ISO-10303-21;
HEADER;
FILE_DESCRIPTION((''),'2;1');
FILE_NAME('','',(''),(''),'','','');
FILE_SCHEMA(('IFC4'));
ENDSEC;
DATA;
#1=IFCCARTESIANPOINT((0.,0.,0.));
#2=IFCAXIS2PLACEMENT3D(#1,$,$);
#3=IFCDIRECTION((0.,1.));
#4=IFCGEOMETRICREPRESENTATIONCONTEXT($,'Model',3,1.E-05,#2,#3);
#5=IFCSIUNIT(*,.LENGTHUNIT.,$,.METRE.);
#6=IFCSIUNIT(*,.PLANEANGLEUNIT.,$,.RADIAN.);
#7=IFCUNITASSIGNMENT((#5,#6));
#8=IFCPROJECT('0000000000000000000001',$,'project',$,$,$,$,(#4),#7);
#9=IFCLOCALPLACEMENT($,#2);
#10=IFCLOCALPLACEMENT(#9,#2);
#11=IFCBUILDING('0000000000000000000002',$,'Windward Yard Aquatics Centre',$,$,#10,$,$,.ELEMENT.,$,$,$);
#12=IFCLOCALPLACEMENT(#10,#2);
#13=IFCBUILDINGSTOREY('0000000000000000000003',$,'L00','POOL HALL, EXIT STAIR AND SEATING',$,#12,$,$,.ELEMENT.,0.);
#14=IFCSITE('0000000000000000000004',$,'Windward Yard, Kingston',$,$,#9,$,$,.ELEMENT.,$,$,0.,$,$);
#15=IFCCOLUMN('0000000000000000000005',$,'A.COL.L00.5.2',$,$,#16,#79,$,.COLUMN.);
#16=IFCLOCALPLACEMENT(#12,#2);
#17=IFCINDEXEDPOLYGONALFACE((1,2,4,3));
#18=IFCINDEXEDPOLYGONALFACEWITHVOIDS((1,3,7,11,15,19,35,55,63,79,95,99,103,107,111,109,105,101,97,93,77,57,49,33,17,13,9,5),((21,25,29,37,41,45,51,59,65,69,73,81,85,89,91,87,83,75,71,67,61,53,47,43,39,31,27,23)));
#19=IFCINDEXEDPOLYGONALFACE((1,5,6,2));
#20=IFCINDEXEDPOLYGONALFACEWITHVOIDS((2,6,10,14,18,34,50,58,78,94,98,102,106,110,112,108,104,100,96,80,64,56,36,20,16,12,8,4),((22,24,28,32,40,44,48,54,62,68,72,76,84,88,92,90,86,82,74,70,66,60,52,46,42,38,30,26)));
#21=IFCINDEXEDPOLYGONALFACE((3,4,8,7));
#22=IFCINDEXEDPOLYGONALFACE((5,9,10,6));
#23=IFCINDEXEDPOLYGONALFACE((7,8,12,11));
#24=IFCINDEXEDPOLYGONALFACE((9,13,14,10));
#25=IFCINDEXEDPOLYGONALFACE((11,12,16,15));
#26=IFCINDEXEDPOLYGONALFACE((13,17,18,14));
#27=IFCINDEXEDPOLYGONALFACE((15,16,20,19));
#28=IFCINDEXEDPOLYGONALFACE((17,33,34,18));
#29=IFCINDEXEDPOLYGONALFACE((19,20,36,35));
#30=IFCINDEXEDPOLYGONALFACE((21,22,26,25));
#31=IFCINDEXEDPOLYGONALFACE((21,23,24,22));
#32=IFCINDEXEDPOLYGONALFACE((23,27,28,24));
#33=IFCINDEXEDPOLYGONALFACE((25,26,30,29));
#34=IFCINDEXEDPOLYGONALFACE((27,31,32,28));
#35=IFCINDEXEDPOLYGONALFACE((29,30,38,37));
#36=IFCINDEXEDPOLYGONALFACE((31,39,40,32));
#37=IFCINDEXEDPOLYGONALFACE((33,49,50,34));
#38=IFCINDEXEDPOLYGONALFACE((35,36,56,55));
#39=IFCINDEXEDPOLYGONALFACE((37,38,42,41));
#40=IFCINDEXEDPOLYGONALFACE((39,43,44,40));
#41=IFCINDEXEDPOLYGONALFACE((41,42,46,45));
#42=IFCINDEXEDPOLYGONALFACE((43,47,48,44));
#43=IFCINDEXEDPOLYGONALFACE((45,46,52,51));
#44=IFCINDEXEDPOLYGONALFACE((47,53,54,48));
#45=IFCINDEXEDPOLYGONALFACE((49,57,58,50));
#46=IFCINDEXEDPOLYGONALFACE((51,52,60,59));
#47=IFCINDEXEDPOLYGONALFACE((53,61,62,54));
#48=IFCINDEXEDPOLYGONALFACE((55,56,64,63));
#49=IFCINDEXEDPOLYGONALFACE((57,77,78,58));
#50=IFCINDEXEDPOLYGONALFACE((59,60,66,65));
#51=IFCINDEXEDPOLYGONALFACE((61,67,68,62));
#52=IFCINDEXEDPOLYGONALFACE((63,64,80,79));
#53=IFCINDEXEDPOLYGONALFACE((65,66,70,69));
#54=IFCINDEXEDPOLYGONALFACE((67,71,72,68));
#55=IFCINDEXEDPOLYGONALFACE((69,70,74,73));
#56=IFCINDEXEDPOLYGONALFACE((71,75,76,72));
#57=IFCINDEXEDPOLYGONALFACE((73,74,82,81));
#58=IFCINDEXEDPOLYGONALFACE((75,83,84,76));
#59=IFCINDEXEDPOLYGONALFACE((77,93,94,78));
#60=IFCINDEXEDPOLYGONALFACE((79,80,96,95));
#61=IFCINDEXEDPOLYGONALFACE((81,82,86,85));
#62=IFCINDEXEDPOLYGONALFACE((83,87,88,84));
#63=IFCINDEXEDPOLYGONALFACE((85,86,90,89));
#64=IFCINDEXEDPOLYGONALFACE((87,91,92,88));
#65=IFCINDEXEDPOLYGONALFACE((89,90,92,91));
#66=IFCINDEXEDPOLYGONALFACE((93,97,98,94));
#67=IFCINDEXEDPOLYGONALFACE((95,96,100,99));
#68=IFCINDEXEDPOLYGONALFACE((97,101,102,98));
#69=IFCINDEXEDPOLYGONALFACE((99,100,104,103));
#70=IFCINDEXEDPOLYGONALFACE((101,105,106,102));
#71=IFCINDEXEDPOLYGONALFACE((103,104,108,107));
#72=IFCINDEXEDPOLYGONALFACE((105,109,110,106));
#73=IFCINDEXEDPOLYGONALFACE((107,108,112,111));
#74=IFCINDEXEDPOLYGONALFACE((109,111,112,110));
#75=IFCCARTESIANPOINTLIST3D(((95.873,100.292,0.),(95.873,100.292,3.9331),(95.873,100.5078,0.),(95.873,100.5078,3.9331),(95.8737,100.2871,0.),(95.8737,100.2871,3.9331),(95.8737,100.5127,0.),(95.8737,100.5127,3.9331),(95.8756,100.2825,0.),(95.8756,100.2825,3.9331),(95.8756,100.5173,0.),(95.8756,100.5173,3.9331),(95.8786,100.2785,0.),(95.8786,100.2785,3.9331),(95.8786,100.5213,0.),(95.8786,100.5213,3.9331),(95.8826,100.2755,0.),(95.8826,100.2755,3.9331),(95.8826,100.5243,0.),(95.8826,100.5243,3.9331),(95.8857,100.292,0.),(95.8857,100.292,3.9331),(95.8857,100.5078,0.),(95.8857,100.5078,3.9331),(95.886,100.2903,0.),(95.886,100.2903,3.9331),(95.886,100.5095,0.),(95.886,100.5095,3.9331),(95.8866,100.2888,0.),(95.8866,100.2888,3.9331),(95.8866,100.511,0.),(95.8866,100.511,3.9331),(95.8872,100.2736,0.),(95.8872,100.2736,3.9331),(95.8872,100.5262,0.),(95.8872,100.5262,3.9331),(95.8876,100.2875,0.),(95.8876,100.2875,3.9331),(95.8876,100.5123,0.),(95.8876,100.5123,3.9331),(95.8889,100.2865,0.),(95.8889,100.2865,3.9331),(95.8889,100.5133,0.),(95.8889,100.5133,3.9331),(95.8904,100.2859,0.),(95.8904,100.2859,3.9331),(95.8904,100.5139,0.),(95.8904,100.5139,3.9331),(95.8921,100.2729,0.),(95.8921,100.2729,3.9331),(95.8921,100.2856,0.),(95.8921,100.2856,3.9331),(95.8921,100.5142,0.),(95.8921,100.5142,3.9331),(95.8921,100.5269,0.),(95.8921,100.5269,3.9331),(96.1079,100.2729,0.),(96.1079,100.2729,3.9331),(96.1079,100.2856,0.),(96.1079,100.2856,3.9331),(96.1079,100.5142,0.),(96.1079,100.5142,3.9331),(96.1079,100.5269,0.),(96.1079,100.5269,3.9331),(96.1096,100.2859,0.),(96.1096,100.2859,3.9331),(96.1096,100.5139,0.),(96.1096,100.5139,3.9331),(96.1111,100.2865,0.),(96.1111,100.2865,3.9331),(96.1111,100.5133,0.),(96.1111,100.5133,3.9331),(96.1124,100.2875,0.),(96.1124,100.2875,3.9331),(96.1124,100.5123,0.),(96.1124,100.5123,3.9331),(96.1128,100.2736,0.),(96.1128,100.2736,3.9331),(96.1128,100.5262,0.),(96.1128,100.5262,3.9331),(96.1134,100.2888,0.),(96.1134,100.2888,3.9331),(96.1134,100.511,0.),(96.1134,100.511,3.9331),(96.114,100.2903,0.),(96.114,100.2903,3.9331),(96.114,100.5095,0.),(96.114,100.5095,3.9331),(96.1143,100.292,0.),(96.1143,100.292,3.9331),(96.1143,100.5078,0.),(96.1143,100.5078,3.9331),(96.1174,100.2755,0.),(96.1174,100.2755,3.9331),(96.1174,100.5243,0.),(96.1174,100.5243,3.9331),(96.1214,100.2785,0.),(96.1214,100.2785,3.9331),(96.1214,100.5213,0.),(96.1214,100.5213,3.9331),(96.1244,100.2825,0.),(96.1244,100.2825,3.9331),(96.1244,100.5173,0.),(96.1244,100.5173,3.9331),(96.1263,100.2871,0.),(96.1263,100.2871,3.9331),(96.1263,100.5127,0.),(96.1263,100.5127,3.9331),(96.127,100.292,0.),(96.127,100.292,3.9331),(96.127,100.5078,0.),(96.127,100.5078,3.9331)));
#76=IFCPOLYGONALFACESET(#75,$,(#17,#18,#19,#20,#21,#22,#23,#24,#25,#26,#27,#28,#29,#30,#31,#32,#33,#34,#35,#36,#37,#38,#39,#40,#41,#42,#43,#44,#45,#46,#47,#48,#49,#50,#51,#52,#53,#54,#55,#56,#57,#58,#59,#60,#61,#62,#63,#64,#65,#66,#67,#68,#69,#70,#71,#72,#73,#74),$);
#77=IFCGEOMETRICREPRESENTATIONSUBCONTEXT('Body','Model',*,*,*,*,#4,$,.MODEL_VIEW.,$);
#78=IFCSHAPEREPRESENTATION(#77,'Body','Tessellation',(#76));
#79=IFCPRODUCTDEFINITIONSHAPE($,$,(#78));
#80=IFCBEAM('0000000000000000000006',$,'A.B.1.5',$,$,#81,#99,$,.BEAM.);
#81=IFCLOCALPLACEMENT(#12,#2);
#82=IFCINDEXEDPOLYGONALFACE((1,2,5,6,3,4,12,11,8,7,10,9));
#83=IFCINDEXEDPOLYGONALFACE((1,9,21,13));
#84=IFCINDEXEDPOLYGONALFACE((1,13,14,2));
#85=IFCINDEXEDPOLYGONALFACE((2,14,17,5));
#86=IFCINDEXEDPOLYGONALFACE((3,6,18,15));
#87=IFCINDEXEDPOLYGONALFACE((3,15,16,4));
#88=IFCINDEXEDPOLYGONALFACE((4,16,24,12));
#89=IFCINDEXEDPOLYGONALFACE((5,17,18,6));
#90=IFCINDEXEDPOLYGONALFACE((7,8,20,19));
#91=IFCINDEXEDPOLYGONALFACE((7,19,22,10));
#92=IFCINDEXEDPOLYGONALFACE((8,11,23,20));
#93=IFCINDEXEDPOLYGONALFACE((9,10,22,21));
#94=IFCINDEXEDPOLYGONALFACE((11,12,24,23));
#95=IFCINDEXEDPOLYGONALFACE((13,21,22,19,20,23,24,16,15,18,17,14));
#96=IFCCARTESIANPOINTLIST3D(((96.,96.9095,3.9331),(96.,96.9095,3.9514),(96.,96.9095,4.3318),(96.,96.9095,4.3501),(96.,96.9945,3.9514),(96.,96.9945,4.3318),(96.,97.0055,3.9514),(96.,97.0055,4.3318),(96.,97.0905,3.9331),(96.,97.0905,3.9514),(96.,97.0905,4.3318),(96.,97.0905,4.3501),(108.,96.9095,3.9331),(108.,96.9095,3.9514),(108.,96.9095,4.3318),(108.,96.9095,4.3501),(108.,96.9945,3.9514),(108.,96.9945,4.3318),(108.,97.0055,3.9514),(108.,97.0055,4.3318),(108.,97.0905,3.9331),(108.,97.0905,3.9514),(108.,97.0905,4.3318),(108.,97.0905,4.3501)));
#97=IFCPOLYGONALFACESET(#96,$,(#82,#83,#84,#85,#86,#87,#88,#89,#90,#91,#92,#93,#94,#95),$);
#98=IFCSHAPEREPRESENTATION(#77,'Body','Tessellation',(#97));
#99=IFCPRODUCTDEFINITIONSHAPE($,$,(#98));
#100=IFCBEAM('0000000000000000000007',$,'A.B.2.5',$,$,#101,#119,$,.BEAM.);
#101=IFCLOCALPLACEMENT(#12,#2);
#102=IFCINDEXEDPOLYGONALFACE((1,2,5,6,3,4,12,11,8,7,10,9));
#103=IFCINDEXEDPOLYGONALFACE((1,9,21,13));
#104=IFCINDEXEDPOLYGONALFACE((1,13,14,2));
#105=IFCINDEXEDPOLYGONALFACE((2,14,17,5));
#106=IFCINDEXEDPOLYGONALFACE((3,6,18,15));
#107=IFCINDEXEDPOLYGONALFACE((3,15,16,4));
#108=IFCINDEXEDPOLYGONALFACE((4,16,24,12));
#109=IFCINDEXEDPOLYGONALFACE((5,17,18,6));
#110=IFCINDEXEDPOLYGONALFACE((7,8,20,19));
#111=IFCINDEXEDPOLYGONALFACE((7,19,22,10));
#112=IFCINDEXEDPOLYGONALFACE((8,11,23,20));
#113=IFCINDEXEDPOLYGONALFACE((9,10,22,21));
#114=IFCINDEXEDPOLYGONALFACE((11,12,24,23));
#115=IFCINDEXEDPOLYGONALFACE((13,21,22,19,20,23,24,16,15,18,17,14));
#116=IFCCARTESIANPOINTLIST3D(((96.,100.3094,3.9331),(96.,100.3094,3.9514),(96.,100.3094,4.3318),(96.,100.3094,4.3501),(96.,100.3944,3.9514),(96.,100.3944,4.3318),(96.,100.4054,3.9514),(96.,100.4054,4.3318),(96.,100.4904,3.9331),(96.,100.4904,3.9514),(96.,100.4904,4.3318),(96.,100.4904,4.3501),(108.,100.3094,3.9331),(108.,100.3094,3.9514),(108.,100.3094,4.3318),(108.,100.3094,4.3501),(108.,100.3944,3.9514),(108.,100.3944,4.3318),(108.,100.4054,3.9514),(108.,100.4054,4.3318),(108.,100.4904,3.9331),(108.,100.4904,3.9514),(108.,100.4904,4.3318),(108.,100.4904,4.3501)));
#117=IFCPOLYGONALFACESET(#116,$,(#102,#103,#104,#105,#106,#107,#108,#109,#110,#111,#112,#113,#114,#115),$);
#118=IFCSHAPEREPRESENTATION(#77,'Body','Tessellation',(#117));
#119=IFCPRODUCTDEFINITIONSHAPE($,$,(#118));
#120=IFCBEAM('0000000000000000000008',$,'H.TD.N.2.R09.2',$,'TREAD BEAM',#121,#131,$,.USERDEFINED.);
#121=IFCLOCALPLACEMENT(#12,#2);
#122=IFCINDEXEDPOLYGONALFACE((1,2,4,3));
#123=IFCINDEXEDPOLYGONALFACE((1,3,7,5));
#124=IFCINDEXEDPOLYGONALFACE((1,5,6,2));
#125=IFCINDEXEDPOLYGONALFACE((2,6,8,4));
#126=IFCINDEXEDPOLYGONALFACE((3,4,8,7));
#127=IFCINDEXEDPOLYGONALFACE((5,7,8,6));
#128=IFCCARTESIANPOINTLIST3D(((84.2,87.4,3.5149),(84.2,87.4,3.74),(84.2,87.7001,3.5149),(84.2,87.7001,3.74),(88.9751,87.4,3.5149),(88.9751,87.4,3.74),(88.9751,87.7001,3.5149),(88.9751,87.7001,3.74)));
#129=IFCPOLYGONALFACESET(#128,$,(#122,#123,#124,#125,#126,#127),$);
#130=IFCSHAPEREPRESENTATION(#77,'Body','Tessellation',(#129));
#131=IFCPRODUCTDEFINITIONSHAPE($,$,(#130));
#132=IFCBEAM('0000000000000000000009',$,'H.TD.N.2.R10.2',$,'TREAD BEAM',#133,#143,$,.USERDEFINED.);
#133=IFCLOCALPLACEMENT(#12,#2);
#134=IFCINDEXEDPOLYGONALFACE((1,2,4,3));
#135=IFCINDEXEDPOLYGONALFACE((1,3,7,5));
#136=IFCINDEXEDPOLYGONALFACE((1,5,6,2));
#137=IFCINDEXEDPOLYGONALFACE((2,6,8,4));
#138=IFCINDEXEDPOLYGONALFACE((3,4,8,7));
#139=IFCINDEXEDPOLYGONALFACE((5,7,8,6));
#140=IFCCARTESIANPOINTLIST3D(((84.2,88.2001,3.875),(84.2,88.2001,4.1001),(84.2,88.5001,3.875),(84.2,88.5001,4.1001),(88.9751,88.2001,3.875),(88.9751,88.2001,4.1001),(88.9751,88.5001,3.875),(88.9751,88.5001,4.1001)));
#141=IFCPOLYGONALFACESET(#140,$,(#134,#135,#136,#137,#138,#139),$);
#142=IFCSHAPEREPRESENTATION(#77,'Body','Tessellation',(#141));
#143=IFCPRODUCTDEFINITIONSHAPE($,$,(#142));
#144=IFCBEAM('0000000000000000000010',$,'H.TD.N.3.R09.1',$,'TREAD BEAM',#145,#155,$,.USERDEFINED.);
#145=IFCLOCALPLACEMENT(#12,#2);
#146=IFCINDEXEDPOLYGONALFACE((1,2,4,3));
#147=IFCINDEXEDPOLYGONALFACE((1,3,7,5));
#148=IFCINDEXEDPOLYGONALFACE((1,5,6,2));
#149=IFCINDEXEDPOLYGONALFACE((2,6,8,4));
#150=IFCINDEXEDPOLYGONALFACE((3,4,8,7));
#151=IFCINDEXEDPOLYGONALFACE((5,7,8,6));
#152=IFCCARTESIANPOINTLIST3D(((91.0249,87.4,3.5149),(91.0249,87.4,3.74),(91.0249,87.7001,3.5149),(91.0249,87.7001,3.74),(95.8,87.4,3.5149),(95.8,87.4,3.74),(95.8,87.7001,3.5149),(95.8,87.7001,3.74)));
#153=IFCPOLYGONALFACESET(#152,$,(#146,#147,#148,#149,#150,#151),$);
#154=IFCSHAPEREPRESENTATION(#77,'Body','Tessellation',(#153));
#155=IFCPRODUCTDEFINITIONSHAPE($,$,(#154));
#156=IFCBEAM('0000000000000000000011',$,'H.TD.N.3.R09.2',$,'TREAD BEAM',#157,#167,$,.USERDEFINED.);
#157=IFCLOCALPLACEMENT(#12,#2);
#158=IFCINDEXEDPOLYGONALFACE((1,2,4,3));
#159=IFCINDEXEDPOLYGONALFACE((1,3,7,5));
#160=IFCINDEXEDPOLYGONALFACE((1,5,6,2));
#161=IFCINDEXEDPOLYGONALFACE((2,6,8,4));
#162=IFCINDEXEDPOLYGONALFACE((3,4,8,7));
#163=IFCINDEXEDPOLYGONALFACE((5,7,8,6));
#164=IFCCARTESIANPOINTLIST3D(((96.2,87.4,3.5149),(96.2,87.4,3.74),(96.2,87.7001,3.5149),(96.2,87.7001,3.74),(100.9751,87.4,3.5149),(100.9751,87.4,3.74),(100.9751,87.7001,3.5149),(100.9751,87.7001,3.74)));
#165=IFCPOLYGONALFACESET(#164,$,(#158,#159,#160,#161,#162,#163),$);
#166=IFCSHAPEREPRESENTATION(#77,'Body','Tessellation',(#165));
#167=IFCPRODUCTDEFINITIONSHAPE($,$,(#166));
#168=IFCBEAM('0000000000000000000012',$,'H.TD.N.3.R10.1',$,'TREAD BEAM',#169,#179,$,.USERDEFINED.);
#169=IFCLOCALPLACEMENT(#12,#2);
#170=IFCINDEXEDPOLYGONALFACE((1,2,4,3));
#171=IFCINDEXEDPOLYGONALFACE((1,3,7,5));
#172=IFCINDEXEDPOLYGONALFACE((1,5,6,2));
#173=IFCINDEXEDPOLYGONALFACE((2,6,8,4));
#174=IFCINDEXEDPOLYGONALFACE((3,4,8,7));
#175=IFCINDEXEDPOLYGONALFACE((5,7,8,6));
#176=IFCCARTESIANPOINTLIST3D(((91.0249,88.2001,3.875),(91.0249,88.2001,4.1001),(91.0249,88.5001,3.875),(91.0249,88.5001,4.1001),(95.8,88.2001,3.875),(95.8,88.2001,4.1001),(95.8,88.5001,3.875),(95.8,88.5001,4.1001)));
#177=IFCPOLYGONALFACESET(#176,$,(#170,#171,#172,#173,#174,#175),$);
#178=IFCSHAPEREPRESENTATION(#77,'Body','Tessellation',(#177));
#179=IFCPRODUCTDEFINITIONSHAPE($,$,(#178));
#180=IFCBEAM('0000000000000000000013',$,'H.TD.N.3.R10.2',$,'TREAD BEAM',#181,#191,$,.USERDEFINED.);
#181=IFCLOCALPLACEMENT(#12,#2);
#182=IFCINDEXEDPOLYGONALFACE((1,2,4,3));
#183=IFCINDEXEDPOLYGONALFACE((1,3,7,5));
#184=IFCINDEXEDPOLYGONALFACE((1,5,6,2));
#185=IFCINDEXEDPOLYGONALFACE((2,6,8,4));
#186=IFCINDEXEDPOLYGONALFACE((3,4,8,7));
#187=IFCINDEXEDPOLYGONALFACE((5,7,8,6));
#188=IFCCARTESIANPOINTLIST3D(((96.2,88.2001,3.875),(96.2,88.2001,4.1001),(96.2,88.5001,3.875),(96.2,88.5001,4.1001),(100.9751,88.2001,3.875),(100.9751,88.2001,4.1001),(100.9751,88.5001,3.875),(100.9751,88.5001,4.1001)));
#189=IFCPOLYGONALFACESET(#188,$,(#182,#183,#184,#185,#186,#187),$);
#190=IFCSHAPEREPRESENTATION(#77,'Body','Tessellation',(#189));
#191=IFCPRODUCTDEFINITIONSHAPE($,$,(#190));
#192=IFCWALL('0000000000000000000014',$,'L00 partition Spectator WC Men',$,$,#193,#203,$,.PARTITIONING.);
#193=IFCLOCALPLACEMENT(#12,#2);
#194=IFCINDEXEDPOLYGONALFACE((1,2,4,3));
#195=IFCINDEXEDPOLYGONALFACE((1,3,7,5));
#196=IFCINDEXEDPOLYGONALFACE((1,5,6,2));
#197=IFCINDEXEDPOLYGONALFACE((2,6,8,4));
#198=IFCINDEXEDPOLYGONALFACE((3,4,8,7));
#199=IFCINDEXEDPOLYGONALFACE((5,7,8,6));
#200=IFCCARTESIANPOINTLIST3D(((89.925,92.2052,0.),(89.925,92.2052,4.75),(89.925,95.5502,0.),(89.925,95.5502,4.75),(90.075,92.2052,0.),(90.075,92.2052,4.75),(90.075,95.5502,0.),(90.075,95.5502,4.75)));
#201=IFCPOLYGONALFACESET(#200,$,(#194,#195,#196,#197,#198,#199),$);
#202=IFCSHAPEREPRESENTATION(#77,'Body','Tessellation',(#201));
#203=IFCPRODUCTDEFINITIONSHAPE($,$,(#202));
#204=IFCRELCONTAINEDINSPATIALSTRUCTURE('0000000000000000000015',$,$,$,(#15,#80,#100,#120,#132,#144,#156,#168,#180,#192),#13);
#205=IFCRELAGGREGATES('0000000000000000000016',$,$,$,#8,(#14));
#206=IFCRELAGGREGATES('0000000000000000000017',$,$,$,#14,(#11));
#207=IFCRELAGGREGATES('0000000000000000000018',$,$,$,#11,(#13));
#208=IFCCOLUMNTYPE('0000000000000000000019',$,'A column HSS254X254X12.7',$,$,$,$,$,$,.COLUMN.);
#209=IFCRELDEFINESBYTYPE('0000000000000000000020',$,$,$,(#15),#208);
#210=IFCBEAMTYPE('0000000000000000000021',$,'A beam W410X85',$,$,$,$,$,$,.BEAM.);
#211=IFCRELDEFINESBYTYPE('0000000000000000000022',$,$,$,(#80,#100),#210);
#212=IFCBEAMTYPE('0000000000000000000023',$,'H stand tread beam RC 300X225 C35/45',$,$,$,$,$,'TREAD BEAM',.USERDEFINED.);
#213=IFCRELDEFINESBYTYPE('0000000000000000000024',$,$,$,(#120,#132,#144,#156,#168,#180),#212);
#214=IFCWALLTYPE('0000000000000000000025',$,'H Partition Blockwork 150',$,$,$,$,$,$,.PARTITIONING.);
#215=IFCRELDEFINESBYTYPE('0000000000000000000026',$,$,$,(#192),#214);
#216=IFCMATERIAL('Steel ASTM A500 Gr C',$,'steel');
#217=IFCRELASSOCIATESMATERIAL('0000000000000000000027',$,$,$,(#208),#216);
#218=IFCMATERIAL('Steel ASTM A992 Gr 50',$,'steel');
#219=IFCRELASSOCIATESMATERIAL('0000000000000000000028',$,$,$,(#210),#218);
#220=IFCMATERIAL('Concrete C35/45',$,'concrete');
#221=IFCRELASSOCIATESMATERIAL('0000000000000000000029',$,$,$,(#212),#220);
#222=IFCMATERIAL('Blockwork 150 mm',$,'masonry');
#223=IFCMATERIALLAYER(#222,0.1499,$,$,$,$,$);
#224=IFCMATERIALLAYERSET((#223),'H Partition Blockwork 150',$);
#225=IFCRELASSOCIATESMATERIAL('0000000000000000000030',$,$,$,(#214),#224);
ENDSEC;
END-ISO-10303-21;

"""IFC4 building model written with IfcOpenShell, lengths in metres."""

from ifc_helpers import new_model, si_unit, direction, frame, frame_2d, origin, origin_2d, place, context, subcontext, project, spatial, rectangle, hollow_rectangle, i_section, extrude, material, layer, layer_set, material_profile, profile_set, type_object, element, save


model = new_model("IFC4")

# Units and contexts
model_context = context("Model", 3, precision=1e-05, world=origin(), true_north=direction((0.0, 1.0)))
body_context = subcontext(model_context, "Body", "Model", "MODEL_VIEW")
ifc_project = project(units=[si_unit("LENGTHUNIT", "METRE"), si_unit("PLANEANGLEUNIT", "RADIAN")], contexts=[model_context])

# Site, building, storey
site_placement = place(None, origin())
site = spatial("IfcSite", under=ifc_project, at=site_placement, Name="Windward Yard, Kingston", CompositionType="ELEMENT", RefElevation=0.0)
building_placement = place(site_placement, origin())
building = spatial("IfcBuilding", under=site, at=building_placement, Name="Windward Yard Aquatics Centre", CompositionType="ELEMENT")
storey_placement = place(building_placement, origin())
storey = spatial("IfcBuildingStorey", under=building, at=storey_placement, Name="L00", Description="POOL HALL, EXIT STAIR AND SEATING", CompositionType="ELEMENT", Elevation=0.0)

# Shared definitions
ifc_material_1 = material(Name="Concrete C35/45", Category="concrete")

# Column
ifc_material_2 = material(Name="Steel ASTM A500 Gr C", Category="steel")
ifc_material_profile_1 = material_profile(ifc_material_2, hollow_rectangle(XDim=0.2539, YDim=0.2539, WallThickness=0.0127, InnerFilletRadius=0.0063, OuterFilletRadius=0.019, at=origin_2d()), Name="HSS254X254X12.7")
ifc_profile_set_1 = profile_set([ifc_material_profile_1], Name="Steel ASTM A500 Gr C")
column_type = type_object("IfcColumnType", Name="A column HSS254X254X12.7", PredefinedType="COLUMN", material=ifc_profile_set_1)
for number, where, z_axis, x_axis, name in (
    (1, (96.0, 100.3999, 0.0), (0.0, 0.0, 1.0), (1.0, 0.0, 0.0), "A.COL.L00.5.2"),
):
    element("IfcColumn", number, at=place(storey_placement, frame(where, z_axis=z_axis, x_axis=x_axis)), inside=storey, type_object=column_type, Name=name, PredefinedType="COLUMN", context=body_context, shape_type="SweptSolid", body=[
        extrude(hollow_rectangle(XDim=0.2539, YDim=0.2539, WallThickness=0.0127, InnerFilletRadius=0.0063, OuterFilletRadius=0.019, at=origin_2d()), origin(), (0.0, 0.0, 1.0), 3.9331),
    ])

# Beams
ifc_material_3 = material(Name="Steel ASTM A992 Gr 50", Category="steel")
ifc_material_profile_2 = material_profile(ifc_material_3, i_section(OverallWidth=0.1809, OverallDepth=0.417, WebThickness=0.011, FlangeThickness=0.0183, at=origin_2d()), Name="W410X85")
ifc_profile_set_2 = profile_set([ifc_material_profile_2], Name="Steel ASTM A992 Gr 50")
beam_type_1 = type_object("IfcBeamType", Name="A beam W410X85", PredefinedType="BEAM", material=ifc_profile_set_2)
for number, where, z_axis, x_axis, name in (
    (2, (96.0, 97.0, 4.1416), (1.0, 0.0, 0.0), (0.0, 1.0, 0.0), "A.B.1.5"),
    (3, (96.0, 100.3999, 4.1416), (1.0, 0.0, 0.0), (0.0, 1.0, 0.0), "A.B.2.5"),
):
    element("IfcBeam", number, at=place(storey_placement, frame(where, z_axis=z_axis, x_axis=x_axis)), inside=storey, type_object=beam_type_1, Name=name, PredefinedType="BEAM", context=body_context, shape_type="SweptSolid", body=[
        extrude(i_section(OverallWidth=0.1809, OverallDepth=0.417, WebThickness=0.011, FlangeThickness=0.0183, at=origin_2d()), origin(), (0.0, 0.0, 1.0), 12.0),
    ])
ifc_material_profile_3 = material_profile(ifc_material_1, rectangle(XDim=0.3, YDim=0.2251, at=origin_2d()), Name="RC 300X225")
ifc_profile_set_3 = profile_set([ifc_material_profile_3], Name="Concrete C35/45")
beam_type_2 = type_object("IfcBeamType", Name="H stand tread beam RC 300X225 C35/45", ElementType="TREAD BEAM", PredefinedType="USERDEFINED", material=ifc_profile_set_3)
for number, where, z_axis, x_axis, name in (
    (4, (84.2, 87.55, 3.6274), (1.0, 0.0, 0.0), (0.0, 1.0, 0.0), "H.TD.N.2.R09.2"),
    (5, (84.2, 88.3501, 3.9875), (1.0, 0.0, 0.0), (0.0, 1.0, 0.0), "H.TD.N.2.R10.2"),
    (6, (91.0249, 87.55, 3.6274), (1.0, 0.0, 0.0), (0.0, 1.0, 0.0), "H.TD.N.3.R09.1"),
    (7, (96.2, 87.55, 3.6274), (1.0, 0.0, 0.0), (0.0, 1.0, 0.0), "H.TD.N.3.R09.2"),
    (8, (91.0249, 88.3501, 3.9875), (1.0, 0.0, 0.0), (0.0, 1.0, 0.0), "H.TD.N.3.R10.1"),
    (9, (96.2, 88.3501, 3.9875), (1.0, 0.0, 0.0), (0.0, 1.0, 0.0), "H.TD.N.3.R10.2"),
):
    element("IfcBeam", number, at=place(storey_placement, frame(where, z_axis=z_axis, x_axis=x_axis)), inside=storey, type_object=beam_type_2, Name=name, ObjectType="TREAD BEAM", PredefinedType="USERDEFINED", context=body_context, shape_type="SweptSolid", body=[
        extrude(rectangle(XDim=0.3, YDim=0.2251, at=origin_2d()), origin(), (0.0, 0.0, 1.0), 4.7751),
    ])

# Wall
ifc_material_4 = material(Name="Blockwork 150 mm", Category="masonry")
ifc_layer = layer(ifc_material_4, 0.1499)
ifc_layer_set = layer_set([ifc_layer], Name="H Partition Blockwork 150")
wall_type = type_object("IfcWallType", Name="H Partition Blockwork 150", PredefinedType="PARTITIONING", material=ifc_layer_set)
wall_1_placement = place(storey_placement, frame((90.0, 95.55, 0.0), z_axis=(0.0, 0.0, 1.0), x_axis=(0.0, -1.0, 0.0)))
element("IfcWall", 10, at=wall_1_placement, inside=storey, type_object=wall_type, Name="L00 partition Spectator WC Men", PredefinedType="PARTITIONING", context=body_context, shape_type="SweptSolid", body=[
    extrude(rectangle(XDim=3.345, YDim=0.1499, at=frame_2d((1.6724, 0.0))), origin(), (0.0, 0.0, 1.0), 4.75),
])

save(model, "model.ifc")
